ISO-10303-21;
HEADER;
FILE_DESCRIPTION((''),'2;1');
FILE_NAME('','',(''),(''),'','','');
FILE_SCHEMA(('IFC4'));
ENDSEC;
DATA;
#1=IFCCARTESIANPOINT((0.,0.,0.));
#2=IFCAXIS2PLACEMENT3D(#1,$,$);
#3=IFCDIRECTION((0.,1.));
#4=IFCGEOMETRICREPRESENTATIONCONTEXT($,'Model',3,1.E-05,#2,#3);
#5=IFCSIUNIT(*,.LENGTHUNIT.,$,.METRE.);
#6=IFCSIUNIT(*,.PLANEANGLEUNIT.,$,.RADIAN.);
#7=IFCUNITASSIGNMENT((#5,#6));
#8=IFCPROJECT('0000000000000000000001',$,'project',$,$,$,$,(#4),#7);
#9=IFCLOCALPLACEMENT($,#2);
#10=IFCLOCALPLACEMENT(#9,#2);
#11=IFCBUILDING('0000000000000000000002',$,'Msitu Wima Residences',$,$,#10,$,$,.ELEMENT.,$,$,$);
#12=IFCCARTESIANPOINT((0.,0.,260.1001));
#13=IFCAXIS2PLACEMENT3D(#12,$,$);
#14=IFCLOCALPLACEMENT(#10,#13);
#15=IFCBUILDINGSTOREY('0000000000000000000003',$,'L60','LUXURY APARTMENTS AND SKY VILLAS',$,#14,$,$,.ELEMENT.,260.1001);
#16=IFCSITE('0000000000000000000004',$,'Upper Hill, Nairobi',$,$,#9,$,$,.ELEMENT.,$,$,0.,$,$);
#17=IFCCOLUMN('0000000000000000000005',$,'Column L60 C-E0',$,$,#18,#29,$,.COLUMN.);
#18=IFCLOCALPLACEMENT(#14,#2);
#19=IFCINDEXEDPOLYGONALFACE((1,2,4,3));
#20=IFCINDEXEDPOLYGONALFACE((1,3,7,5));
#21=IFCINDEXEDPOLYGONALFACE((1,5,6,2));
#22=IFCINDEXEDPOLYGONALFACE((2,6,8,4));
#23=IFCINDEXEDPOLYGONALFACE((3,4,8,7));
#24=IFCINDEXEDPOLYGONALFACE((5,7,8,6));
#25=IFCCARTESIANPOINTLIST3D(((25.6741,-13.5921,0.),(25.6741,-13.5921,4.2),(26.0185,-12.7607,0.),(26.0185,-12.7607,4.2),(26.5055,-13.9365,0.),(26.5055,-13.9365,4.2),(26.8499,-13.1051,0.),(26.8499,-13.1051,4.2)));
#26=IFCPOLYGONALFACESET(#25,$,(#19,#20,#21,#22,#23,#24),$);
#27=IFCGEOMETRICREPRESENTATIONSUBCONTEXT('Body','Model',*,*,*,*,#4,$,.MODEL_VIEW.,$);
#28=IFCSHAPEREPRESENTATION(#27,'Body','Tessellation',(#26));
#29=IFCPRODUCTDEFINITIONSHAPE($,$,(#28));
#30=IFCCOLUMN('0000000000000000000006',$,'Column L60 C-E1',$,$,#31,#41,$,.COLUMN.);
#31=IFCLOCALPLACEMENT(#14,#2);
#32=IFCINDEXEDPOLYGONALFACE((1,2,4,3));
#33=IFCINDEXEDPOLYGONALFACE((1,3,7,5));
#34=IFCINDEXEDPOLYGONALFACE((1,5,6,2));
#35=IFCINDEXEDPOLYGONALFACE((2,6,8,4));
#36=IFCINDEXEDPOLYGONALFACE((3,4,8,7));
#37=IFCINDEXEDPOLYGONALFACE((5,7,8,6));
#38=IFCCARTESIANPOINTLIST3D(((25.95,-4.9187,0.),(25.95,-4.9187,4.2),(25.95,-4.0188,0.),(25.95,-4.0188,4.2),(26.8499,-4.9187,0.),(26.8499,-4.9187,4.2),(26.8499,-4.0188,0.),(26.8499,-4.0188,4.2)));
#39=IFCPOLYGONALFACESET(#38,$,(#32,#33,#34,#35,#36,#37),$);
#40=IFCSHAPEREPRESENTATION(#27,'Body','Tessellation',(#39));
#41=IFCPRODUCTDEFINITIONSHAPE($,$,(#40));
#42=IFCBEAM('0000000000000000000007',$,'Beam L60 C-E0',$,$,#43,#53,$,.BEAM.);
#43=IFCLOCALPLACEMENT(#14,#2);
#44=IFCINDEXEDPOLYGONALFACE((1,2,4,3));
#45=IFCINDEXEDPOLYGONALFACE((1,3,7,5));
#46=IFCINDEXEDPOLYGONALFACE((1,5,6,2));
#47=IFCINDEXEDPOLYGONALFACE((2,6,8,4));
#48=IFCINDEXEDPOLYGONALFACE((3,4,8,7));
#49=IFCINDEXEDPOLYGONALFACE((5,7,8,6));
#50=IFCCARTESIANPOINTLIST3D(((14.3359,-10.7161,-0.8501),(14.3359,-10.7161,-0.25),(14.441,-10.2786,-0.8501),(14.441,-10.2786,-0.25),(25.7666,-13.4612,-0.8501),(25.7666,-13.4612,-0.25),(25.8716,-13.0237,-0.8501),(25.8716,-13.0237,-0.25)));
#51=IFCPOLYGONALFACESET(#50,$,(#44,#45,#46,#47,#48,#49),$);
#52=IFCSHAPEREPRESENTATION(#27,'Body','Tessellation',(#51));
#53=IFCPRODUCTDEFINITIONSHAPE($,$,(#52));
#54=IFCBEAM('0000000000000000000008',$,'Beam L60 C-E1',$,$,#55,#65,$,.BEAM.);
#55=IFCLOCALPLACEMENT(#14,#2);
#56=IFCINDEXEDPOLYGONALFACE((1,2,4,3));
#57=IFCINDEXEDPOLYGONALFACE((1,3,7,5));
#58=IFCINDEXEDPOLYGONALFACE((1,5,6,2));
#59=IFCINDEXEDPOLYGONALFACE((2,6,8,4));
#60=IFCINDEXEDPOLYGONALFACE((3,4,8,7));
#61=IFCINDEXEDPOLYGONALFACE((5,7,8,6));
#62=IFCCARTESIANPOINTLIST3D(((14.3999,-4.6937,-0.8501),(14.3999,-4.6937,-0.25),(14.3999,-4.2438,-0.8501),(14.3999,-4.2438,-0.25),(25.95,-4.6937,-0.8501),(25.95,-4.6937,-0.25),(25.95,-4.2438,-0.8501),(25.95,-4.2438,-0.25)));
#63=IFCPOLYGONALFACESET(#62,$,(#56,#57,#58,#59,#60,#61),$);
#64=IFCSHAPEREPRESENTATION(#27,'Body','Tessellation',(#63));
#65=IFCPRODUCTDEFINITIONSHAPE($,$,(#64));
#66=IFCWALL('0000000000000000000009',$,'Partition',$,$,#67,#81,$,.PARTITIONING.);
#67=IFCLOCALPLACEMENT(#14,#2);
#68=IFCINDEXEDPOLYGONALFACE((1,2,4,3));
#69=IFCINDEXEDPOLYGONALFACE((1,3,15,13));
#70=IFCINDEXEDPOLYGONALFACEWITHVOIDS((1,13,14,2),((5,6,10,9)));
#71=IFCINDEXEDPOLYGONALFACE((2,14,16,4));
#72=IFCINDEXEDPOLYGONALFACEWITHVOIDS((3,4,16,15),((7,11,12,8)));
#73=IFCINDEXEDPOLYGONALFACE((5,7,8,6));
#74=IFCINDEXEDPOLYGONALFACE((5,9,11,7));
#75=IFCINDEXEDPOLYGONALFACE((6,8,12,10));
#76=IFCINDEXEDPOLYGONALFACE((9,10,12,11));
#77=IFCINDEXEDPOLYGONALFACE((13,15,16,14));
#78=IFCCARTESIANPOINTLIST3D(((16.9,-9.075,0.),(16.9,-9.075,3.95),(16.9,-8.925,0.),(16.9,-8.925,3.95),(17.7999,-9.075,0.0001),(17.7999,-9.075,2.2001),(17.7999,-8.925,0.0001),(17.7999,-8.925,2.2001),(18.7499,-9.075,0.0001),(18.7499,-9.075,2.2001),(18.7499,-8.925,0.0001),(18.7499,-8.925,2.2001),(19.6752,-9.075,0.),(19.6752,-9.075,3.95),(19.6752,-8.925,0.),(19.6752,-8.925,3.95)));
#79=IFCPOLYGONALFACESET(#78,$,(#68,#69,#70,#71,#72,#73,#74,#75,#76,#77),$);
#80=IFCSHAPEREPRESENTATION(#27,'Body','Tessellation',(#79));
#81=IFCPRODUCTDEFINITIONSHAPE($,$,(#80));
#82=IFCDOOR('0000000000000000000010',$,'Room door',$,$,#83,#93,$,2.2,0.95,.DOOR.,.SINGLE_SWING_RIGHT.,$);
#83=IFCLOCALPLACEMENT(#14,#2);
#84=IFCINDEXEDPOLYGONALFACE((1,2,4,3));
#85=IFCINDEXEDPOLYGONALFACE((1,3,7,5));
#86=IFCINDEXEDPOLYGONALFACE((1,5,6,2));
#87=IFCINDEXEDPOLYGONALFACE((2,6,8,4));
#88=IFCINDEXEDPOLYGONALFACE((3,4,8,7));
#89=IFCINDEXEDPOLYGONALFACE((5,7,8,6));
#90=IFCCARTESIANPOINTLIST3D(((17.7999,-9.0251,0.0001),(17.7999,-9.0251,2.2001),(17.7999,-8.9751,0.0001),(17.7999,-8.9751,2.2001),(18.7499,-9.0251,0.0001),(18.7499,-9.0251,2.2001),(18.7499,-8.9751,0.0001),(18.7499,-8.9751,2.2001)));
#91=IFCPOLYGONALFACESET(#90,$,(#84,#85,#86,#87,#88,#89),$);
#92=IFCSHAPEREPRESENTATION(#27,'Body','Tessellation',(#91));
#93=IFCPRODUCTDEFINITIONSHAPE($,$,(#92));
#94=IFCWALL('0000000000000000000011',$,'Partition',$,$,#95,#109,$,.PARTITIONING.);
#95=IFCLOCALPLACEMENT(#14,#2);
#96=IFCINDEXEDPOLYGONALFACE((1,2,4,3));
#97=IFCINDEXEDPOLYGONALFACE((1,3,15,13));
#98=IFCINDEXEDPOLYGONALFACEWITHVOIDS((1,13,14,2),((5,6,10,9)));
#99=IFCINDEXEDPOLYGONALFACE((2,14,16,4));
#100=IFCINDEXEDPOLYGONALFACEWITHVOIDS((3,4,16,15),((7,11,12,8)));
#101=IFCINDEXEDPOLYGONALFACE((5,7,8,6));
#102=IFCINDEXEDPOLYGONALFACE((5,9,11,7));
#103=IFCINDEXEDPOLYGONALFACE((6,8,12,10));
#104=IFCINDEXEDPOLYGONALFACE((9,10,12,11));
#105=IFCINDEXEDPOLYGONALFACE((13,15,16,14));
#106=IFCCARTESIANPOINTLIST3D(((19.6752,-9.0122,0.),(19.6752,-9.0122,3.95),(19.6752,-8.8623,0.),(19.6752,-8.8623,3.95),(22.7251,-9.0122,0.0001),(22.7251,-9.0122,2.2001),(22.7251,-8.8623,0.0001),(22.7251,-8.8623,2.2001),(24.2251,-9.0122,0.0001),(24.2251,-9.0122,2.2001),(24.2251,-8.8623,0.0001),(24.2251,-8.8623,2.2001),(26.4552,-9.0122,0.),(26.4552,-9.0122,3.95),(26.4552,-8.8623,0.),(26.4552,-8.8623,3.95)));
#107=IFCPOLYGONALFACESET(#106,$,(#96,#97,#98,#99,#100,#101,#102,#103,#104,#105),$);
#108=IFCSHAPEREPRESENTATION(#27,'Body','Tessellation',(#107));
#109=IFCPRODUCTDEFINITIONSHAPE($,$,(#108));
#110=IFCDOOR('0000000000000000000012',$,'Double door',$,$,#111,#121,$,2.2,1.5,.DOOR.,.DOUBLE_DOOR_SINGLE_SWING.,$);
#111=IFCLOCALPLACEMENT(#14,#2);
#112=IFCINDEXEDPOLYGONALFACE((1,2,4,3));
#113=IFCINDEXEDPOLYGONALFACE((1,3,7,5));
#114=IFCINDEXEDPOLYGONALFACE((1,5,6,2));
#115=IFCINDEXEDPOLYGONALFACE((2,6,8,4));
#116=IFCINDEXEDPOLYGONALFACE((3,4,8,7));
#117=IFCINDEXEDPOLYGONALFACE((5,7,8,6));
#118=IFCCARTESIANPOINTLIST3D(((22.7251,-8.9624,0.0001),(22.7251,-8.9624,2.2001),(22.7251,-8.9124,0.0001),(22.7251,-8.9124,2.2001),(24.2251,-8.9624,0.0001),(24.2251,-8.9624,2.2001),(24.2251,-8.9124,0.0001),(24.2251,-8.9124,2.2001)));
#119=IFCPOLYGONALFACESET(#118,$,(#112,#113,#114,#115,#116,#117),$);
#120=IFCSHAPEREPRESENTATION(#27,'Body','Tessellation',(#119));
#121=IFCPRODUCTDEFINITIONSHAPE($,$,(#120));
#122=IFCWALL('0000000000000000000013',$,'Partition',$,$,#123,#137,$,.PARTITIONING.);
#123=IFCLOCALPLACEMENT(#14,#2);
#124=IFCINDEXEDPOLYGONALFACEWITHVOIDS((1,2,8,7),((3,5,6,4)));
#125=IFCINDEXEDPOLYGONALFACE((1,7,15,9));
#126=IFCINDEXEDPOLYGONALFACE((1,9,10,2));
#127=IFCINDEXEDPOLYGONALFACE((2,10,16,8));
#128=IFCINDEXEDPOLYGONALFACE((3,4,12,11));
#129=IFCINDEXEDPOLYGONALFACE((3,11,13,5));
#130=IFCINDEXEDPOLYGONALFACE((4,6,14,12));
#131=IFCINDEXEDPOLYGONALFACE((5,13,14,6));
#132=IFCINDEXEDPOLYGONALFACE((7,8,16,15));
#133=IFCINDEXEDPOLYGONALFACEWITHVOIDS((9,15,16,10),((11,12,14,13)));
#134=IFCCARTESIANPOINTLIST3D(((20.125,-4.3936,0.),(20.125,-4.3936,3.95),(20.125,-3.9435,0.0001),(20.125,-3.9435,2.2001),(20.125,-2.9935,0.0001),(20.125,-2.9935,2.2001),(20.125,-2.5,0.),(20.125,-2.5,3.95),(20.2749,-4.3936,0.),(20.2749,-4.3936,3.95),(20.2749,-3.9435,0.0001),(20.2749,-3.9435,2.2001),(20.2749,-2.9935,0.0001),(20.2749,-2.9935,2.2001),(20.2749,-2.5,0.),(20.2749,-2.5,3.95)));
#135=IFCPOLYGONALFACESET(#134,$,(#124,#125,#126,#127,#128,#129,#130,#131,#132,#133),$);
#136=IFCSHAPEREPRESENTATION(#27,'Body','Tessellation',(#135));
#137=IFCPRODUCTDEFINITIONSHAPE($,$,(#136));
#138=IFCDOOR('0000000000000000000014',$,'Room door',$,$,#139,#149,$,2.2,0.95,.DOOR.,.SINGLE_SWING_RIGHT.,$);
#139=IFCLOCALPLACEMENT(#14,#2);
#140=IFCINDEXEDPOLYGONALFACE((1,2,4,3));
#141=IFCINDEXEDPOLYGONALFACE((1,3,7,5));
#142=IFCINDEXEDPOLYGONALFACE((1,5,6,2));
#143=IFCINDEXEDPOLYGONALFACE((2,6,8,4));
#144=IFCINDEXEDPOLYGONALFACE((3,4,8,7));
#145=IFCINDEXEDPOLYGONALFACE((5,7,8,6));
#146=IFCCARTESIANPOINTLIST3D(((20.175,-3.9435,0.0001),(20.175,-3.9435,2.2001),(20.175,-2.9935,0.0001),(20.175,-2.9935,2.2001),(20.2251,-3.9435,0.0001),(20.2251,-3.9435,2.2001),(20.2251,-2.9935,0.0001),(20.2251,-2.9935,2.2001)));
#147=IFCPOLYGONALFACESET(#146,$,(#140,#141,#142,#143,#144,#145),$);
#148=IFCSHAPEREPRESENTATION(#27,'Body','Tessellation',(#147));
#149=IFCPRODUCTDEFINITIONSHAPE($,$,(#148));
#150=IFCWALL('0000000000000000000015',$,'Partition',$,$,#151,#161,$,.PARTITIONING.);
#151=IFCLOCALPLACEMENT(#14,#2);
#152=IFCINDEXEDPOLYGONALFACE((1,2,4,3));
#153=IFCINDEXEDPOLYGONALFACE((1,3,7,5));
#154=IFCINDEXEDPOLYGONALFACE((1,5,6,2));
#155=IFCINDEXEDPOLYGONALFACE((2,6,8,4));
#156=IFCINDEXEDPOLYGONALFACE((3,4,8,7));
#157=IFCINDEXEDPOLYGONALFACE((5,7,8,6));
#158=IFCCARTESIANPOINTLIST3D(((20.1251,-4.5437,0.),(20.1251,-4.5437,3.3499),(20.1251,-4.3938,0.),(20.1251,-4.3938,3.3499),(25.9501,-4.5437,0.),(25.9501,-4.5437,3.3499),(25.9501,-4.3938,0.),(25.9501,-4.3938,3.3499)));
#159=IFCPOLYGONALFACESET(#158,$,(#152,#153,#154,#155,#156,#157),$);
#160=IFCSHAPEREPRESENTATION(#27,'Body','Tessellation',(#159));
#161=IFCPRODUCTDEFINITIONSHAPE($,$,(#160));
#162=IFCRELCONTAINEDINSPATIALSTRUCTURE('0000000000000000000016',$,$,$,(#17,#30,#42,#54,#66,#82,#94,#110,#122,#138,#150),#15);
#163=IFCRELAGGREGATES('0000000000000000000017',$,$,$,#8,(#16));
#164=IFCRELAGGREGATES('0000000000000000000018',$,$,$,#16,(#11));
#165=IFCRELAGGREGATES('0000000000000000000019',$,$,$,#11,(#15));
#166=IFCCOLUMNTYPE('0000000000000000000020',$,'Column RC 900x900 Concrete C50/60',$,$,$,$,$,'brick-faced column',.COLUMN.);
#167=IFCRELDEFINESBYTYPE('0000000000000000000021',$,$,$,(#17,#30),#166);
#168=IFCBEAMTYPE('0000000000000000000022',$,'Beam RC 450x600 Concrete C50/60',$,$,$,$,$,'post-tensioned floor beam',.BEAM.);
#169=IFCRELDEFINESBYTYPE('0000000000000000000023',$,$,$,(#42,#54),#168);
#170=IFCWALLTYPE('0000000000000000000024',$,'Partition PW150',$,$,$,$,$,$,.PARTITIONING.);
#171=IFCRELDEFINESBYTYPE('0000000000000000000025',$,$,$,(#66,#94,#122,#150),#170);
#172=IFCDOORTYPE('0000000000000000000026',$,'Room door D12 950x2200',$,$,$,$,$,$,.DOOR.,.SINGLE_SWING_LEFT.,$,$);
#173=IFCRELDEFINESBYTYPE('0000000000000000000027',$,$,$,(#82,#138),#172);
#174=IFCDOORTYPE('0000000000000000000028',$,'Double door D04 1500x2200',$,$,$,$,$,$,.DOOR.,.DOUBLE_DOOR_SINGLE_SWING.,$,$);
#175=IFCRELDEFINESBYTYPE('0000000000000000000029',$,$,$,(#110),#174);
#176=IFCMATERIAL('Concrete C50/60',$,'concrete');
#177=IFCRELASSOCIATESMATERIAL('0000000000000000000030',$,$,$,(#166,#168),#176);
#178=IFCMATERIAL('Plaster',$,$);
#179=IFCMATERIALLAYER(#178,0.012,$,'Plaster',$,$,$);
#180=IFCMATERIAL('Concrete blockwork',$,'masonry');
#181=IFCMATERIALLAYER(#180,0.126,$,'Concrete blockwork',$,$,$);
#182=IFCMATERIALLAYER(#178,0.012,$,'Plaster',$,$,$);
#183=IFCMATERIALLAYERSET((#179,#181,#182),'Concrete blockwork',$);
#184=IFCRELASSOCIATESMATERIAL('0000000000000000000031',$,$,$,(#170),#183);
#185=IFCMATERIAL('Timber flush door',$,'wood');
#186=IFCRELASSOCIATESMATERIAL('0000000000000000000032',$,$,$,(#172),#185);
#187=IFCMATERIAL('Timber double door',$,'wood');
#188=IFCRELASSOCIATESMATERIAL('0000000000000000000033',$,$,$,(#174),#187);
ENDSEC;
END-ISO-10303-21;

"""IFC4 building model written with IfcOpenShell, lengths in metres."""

from ifc_helpers import new_model, si_unit, direction, frame, frame_2d, origin, origin_2d, place, context, subcontext, project, spatial, rectangle, extrude, material, layer, layer_set, material_profile, profile_set, type_object, element, fill, save


model = new_model("IFC4")

# Units and contexts
model_context = context("Model", 3, precision=1e-05, world=origin(), true_north=direction((0.0, 1.0)))
body_context = subcontext(model_context, "Body", "Model", "MODEL_VIEW")
ifc_project = project(units=[si_unit("LENGTHUNIT", "METRE"), si_unit("PLANEANGLEUNIT", "RADIAN")], contexts=[model_context])

# Site, building, storey
site_placement = place(None, origin())
site = spatial("IfcSite", under=ifc_project, at=site_placement, Name="Upper Hill, Nairobi", CompositionType="ELEMENT", RefElevation=0.0)
building_placement = place(site_placement, origin())
building = spatial("IfcBuilding", under=site, at=building_placement, Name="Msitu Wima Residences", CompositionType="ELEMENT")
storey_placement = place(building_placement, frame((0.0, 0.0, 260.1001)))
storey = spatial("IfcBuildingStorey", under=building, at=storey_placement, Name="L60", Description="LUXURY APARTMENTS AND SKY VILLAS", CompositionType="ELEMENT", Elevation=260.1001)

# Columns
ifc_material_1 = material(Name="Concrete C50/60", Category="concrete")
ifc_material_profile_1 = material_profile(ifc_material_1, rectangle(XDim=0.8999, YDim=0.8999, at=origin_2d()), Name="RC 900x900")
ifc_profile_set_1 = profile_set([ifc_material_profile_1], Name="Concrete C50/60")
column_type = type_object("IfcColumnType", Name="Column RC 900x900 Concrete C50/60", ElementType="brick-faced column", PredefinedType="COLUMN", material=ifc_profile_set_1)
for number, where, z_axis, x_axis, name in (
    (1, (26.262, -13.3486, 0.0), (0.0, 0.0, 1.0), (0.382683, 0.92388, 0.0), "Column L60 C-E0"),
    (2, (26.3999, -4.4688, 0.0), (0.0, 0.0, 1.0), (0.0, 1.0, 0.0), "Column L60 C-E1"),
):
    element("IfcColumn", number, at=place(storey_placement, frame(where, z_axis=z_axis, x_axis=x_axis)), inside=storey, type_object=column_type, Name=name, PredefinedType="COLUMN", context=body_context, shape_type="SweptSolid", body=[
        extrude(rectangle(XDim=0.8999, YDim=0.8999, at=origin_2d()), origin(), (0.0, 0.0, 1.0), 4.2),
    ])

# Beams
ifc_material_profile_2 = material_profile(ifc_material_1, rectangle(XDim=0.45, YDim=0.6001, at=origin_2d()), Name="RC 450x600")
ifc_profile_set_2 = profile_set([ifc_material_profile_2], Name="Concrete C50/60")
beam_type = type_object("IfcBeamType", Name="Beam RC 450x600 Concrete C50/60", ElementType="post-tensioned floor beam", PredefinedType="BEAM", material=ifc_profile_set_2)
beam_1_placement = place(storey_placement, frame((25.8191, -13.2424, -0.55), z_axis=(-0.972353, 0.233514, 0.0), x_axis=(-0.233514, -0.972353, 0.0)))
element("IfcBeam", 3, at=beam_1_placement, inside=storey, type_object=beam_type, Name="Beam L60 C-E0", PredefinedType="BEAM", context=body_context, shape_type="SweptSolid", body=[
    extrude(rectangle(XDim=0.45, YDim=0.6001, at=origin_2d()), origin(), (0.0, 0.0, 1.0), 11.7556),
])
beam_2_placement = place(storey_placement, frame((25.95, -4.4688, -0.55), z_axis=(-1.0, 0.0, 0.0), x_axis=(0.0, -1.0, 0.0)))
element("IfcBeam", 4, at=beam_2_placement, inside=storey, type_object=beam_type, Name="Beam L60 C-E1", PredefinedType="BEAM", context=body_context, shape_type="SweptSolid", body=[
    extrude(rectangle(XDim=0.45, YDim=0.6001, at=origin_2d()), origin(), (0.0, 0.0, 1.0), 11.55),
])

# Walls, openings, doors
ifc_material_2 = material(Name="Plaster")
ifc_layer_1 = layer(ifc_material_2, 0.012, Name="Plaster")
ifc_material_3 = material(Name="Concrete blockwork", Category="masonry")
ifc_layer_2 = layer(ifc_material_3, 0.126, Name="Concrete blockwork")
ifc_layer_3 = layer(ifc_material_2, 0.012, Name="Plaster")
ifc_layer_set_1 = layer_set([ifc_layer_1, ifc_layer_2, ifc_layer_3], Name="Concrete blockwork")
wall_type_1 = type_object("IfcWallType", Name="Partition PW150", PredefinedType="PARTITIONING", material=ifc_layer_set_1)
wall_1_placement = place(storey_placement, frame((16.8999, -9.0, 0.0), z_axis=(0.0, 0.0, 1.0), x_axis=(1.0, 0.0, 0.0)))
wall_1 = element("IfcWall", 5, at=wall_1_placement, inside=storey, type_object=wall_type_1, Name="Partition", PredefinedType="PARTITIONING", context=body_context, shape_type="SweptSolid", body=[
    extrude(rectangle(XDim=2.7751, YDim=0.1499, at=frame_2d((1.3877, 0.0))), origin(), (0.0, 0.0, 1.0), 3.95),
])
opening_1_placement = place(wall_1_placement, frame((0.8999, 0.0, 0.0)))
opening_1 = element("IfcOpeningElement", 6, at=opening_1_placement, cuts=wall_1, PredefinedType="OPENING", context=body_context, shape_type="SweptSolid", body=[
    extrude(rectangle(XDim=0.95, YDim=2.2, at=frame_2d((0.4751, 1.1001))), frame((0.0, 0.085, 0.0), z_axis=(0.0, -1.0, 0.0), x_axis=(1.0, 0.0, 0.0)), (0.0, 0.0, 1.0), 0.1699),
])
ifc_material_4 = material(Name="Timber flush door", Category="wood")
door_type_1 = type_object("IfcDoorType", Name="Room door D12 950x2200", OperationType="SINGLE_SWING_LEFT", PredefinedType="DOOR", material=ifc_material_4)
door_1_placement = place(opening_1_placement, origin())
door_1 = element("IfcDoor", 7, at=door_1_placement, inside=storey, type_object=door_type_1, Name="Room door", OperationType="SINGLE_SWING_RIGHT", OverallHeight=2.2, OverallWidth=0.95, PredefinedType="DOOR", context=body_context, shape_type="SweptSolid", body=[
    extrude(rectangle(XDim=0.95, YDim=2.2, at=frame_2d((0.4751, 1.1001))), frame((0.0, 0.0249, 0.0), z_axis=(0.0, -1.0, 0.0), x_axis=(1.0, 0.0, 0.0)), (0.0, 0.0, 1.0), 0.05),
])
fill(opening_1, door_1)
wall_2_placement = place(storey_placement, frame((19.675, -8.9373, 0.0), z_axis=(0.0, 0.0, 1.0), x_axis=(1.0, 0.0, 0.0)))
wall_2 = element("IfcWall", 8, at=wall_2_placement, inside=storey, type_object=wall_type_1, Name="Partition", PredefinedType="PARTITIONING", context=body_context, shape_type="SweptSolid", body=[
    extrude(rectangle(XDim=6.78, YDim=0.1499, at=frame_2d((3.3901, 0.0))), origin(), (0.0, 0.0, 1.0), 3.95),
])
opening_2_placement = place(wall_2_placement, frame((3.05, 0.0, 0.0)))
opening_2 = element("IfcOpeningElement", 9, at=opening_2_placement, cuts=wall_2, PredefinedType="OPENING", context=body_context, shape_type="SweptSolid", body=[
    extrude(rectangle(XDim=1.5, YDim=2.2, at=frame_2d((0.75, 1.1001))), frame((0.0, 0.085, 0.0), z_axis=(0.0, -1.0, 0.0), x_axis=(1.0, 0.0, 0.0)), (0.0, 0.0, 1.0), 0.1699),
])
ifc_material_5 = material(Name="Timber double door", Category="wood")
door_type_2 = type_object("IfcDoorType", Name="Double door D04 1500x2200", OperationType="DOUBLE_DOOR_SINGLE_SWING", PredefinedType="DOOR", material=ifc_material_5)
door_2_placement = place(opening_2_placement, origin())
door_2 = element("IfcDoor", 10, at=door_2_placement, inside=storey, type_object=door_type_2, Name="Double door", OperationType="DOUBLE_DOOR_SINGLE_SWING", OverallHeight=2.2, OverallWidth=1.5, PredefinedType="DOOR", context=body_context, shape_type="SweptSolid", body=[
    extrude(rectangle(XDim=1.5, YDim=2.2, at=frame_2d((0.75, 1.1001))), frame((0.0, 0.0249, 0.0), z_axis=(0.0, -1.0, 0.0), x_axis=(1.0, 0.0, 0.0)), (0.0, 0.0, 1.0), 0.05),
])
fill(opening_2, door_2)
wall_3_placement = place(storey_placement, frame((20.2, -4.3936, 0.0), z_axis=(0.0, 0.0, 1.0), x_axis=(0.0, 1.0, 0.0)))
wall_3 = element("IfcWall", 11, at=wall_3_placement, inside=storey, type_object=wall_type_1, Name="Partition", PredefinedType="PARTITIONING", context=body_context, shape_type="SweptSolid", body=[
    extrude(rectangle(XDim=1.8936, YDim=0.1499, at=frame_2d((0.9468, 0.0))), origin(), (0.0, 0.0, 1.0), 3.95),
])
opening_3_placement = place(wall_3_placement, frame((0.45, 0.0, 0.0)))
opening_3 = element("IfcOpeningElement", 12, at=opening_3_placement, cuts=wall_3, PredefinedType="OPENING", context=body_context, shape_type="SweptSolid", body=[
    extrude(rectangle(XDim=0.95, YDim=2.2, at=frame_2d((0.4751, 1.1001))), frame((0.0, 0.085, 0.0), z_axis=(0.0, -1.0, 0.0), x_axis=(1.0, 0.0, 0.0)), (0.0, 0.0, 1.0), 0.1699),
])
door_3_placement = place(opening_3_placement, origin())
door_3 = element("IfcDoor", 13, at=door_3_placement, inside=storey, type_object=door_type_1, Name="Room door", OperationType="SINGLE_SWING_RIGHT", OverallHeight=2.2, OverallWidth=0.95, PredefinedType="DOOR", context=body_context, shape_type="SweptSolid", body=[
    extrude(rectangle(XDim=0.95, YDim=2.2, at=frame_2d((0.4751, 1.1001))), frame((0.0, 0.0249, 0.0), z_axis=(0.0, -1.0, 0.0), x_axis=(1.0, 0.0, 0.0)), (0.0, 0.0, 1.0), 0.05),
])
fill(opening_3, door_3)

# Wall
wall_4_placement = place(storey_placement, frame((20.125, -4.4688, 0.0), z_axis=(0.0, 0.0, 1.0), x_axis=(1.0, 0.0, 0.0)))
element("IfcWall", 14, at=wall_4_placement, inside=storey, type_object=wall_type_1, Name="Partition", PredefinedType="PARTITIONING", context=body_context, shape_type="SweptSolid", body=[
    extrude(rectangle(XDim=5.825, YDim=0.1499, at=frame_2d((2.9126, 0.0))), origin(), (0.0, 0.0, 1.0), 3.3499),
])

save(model, "model.ifc")
